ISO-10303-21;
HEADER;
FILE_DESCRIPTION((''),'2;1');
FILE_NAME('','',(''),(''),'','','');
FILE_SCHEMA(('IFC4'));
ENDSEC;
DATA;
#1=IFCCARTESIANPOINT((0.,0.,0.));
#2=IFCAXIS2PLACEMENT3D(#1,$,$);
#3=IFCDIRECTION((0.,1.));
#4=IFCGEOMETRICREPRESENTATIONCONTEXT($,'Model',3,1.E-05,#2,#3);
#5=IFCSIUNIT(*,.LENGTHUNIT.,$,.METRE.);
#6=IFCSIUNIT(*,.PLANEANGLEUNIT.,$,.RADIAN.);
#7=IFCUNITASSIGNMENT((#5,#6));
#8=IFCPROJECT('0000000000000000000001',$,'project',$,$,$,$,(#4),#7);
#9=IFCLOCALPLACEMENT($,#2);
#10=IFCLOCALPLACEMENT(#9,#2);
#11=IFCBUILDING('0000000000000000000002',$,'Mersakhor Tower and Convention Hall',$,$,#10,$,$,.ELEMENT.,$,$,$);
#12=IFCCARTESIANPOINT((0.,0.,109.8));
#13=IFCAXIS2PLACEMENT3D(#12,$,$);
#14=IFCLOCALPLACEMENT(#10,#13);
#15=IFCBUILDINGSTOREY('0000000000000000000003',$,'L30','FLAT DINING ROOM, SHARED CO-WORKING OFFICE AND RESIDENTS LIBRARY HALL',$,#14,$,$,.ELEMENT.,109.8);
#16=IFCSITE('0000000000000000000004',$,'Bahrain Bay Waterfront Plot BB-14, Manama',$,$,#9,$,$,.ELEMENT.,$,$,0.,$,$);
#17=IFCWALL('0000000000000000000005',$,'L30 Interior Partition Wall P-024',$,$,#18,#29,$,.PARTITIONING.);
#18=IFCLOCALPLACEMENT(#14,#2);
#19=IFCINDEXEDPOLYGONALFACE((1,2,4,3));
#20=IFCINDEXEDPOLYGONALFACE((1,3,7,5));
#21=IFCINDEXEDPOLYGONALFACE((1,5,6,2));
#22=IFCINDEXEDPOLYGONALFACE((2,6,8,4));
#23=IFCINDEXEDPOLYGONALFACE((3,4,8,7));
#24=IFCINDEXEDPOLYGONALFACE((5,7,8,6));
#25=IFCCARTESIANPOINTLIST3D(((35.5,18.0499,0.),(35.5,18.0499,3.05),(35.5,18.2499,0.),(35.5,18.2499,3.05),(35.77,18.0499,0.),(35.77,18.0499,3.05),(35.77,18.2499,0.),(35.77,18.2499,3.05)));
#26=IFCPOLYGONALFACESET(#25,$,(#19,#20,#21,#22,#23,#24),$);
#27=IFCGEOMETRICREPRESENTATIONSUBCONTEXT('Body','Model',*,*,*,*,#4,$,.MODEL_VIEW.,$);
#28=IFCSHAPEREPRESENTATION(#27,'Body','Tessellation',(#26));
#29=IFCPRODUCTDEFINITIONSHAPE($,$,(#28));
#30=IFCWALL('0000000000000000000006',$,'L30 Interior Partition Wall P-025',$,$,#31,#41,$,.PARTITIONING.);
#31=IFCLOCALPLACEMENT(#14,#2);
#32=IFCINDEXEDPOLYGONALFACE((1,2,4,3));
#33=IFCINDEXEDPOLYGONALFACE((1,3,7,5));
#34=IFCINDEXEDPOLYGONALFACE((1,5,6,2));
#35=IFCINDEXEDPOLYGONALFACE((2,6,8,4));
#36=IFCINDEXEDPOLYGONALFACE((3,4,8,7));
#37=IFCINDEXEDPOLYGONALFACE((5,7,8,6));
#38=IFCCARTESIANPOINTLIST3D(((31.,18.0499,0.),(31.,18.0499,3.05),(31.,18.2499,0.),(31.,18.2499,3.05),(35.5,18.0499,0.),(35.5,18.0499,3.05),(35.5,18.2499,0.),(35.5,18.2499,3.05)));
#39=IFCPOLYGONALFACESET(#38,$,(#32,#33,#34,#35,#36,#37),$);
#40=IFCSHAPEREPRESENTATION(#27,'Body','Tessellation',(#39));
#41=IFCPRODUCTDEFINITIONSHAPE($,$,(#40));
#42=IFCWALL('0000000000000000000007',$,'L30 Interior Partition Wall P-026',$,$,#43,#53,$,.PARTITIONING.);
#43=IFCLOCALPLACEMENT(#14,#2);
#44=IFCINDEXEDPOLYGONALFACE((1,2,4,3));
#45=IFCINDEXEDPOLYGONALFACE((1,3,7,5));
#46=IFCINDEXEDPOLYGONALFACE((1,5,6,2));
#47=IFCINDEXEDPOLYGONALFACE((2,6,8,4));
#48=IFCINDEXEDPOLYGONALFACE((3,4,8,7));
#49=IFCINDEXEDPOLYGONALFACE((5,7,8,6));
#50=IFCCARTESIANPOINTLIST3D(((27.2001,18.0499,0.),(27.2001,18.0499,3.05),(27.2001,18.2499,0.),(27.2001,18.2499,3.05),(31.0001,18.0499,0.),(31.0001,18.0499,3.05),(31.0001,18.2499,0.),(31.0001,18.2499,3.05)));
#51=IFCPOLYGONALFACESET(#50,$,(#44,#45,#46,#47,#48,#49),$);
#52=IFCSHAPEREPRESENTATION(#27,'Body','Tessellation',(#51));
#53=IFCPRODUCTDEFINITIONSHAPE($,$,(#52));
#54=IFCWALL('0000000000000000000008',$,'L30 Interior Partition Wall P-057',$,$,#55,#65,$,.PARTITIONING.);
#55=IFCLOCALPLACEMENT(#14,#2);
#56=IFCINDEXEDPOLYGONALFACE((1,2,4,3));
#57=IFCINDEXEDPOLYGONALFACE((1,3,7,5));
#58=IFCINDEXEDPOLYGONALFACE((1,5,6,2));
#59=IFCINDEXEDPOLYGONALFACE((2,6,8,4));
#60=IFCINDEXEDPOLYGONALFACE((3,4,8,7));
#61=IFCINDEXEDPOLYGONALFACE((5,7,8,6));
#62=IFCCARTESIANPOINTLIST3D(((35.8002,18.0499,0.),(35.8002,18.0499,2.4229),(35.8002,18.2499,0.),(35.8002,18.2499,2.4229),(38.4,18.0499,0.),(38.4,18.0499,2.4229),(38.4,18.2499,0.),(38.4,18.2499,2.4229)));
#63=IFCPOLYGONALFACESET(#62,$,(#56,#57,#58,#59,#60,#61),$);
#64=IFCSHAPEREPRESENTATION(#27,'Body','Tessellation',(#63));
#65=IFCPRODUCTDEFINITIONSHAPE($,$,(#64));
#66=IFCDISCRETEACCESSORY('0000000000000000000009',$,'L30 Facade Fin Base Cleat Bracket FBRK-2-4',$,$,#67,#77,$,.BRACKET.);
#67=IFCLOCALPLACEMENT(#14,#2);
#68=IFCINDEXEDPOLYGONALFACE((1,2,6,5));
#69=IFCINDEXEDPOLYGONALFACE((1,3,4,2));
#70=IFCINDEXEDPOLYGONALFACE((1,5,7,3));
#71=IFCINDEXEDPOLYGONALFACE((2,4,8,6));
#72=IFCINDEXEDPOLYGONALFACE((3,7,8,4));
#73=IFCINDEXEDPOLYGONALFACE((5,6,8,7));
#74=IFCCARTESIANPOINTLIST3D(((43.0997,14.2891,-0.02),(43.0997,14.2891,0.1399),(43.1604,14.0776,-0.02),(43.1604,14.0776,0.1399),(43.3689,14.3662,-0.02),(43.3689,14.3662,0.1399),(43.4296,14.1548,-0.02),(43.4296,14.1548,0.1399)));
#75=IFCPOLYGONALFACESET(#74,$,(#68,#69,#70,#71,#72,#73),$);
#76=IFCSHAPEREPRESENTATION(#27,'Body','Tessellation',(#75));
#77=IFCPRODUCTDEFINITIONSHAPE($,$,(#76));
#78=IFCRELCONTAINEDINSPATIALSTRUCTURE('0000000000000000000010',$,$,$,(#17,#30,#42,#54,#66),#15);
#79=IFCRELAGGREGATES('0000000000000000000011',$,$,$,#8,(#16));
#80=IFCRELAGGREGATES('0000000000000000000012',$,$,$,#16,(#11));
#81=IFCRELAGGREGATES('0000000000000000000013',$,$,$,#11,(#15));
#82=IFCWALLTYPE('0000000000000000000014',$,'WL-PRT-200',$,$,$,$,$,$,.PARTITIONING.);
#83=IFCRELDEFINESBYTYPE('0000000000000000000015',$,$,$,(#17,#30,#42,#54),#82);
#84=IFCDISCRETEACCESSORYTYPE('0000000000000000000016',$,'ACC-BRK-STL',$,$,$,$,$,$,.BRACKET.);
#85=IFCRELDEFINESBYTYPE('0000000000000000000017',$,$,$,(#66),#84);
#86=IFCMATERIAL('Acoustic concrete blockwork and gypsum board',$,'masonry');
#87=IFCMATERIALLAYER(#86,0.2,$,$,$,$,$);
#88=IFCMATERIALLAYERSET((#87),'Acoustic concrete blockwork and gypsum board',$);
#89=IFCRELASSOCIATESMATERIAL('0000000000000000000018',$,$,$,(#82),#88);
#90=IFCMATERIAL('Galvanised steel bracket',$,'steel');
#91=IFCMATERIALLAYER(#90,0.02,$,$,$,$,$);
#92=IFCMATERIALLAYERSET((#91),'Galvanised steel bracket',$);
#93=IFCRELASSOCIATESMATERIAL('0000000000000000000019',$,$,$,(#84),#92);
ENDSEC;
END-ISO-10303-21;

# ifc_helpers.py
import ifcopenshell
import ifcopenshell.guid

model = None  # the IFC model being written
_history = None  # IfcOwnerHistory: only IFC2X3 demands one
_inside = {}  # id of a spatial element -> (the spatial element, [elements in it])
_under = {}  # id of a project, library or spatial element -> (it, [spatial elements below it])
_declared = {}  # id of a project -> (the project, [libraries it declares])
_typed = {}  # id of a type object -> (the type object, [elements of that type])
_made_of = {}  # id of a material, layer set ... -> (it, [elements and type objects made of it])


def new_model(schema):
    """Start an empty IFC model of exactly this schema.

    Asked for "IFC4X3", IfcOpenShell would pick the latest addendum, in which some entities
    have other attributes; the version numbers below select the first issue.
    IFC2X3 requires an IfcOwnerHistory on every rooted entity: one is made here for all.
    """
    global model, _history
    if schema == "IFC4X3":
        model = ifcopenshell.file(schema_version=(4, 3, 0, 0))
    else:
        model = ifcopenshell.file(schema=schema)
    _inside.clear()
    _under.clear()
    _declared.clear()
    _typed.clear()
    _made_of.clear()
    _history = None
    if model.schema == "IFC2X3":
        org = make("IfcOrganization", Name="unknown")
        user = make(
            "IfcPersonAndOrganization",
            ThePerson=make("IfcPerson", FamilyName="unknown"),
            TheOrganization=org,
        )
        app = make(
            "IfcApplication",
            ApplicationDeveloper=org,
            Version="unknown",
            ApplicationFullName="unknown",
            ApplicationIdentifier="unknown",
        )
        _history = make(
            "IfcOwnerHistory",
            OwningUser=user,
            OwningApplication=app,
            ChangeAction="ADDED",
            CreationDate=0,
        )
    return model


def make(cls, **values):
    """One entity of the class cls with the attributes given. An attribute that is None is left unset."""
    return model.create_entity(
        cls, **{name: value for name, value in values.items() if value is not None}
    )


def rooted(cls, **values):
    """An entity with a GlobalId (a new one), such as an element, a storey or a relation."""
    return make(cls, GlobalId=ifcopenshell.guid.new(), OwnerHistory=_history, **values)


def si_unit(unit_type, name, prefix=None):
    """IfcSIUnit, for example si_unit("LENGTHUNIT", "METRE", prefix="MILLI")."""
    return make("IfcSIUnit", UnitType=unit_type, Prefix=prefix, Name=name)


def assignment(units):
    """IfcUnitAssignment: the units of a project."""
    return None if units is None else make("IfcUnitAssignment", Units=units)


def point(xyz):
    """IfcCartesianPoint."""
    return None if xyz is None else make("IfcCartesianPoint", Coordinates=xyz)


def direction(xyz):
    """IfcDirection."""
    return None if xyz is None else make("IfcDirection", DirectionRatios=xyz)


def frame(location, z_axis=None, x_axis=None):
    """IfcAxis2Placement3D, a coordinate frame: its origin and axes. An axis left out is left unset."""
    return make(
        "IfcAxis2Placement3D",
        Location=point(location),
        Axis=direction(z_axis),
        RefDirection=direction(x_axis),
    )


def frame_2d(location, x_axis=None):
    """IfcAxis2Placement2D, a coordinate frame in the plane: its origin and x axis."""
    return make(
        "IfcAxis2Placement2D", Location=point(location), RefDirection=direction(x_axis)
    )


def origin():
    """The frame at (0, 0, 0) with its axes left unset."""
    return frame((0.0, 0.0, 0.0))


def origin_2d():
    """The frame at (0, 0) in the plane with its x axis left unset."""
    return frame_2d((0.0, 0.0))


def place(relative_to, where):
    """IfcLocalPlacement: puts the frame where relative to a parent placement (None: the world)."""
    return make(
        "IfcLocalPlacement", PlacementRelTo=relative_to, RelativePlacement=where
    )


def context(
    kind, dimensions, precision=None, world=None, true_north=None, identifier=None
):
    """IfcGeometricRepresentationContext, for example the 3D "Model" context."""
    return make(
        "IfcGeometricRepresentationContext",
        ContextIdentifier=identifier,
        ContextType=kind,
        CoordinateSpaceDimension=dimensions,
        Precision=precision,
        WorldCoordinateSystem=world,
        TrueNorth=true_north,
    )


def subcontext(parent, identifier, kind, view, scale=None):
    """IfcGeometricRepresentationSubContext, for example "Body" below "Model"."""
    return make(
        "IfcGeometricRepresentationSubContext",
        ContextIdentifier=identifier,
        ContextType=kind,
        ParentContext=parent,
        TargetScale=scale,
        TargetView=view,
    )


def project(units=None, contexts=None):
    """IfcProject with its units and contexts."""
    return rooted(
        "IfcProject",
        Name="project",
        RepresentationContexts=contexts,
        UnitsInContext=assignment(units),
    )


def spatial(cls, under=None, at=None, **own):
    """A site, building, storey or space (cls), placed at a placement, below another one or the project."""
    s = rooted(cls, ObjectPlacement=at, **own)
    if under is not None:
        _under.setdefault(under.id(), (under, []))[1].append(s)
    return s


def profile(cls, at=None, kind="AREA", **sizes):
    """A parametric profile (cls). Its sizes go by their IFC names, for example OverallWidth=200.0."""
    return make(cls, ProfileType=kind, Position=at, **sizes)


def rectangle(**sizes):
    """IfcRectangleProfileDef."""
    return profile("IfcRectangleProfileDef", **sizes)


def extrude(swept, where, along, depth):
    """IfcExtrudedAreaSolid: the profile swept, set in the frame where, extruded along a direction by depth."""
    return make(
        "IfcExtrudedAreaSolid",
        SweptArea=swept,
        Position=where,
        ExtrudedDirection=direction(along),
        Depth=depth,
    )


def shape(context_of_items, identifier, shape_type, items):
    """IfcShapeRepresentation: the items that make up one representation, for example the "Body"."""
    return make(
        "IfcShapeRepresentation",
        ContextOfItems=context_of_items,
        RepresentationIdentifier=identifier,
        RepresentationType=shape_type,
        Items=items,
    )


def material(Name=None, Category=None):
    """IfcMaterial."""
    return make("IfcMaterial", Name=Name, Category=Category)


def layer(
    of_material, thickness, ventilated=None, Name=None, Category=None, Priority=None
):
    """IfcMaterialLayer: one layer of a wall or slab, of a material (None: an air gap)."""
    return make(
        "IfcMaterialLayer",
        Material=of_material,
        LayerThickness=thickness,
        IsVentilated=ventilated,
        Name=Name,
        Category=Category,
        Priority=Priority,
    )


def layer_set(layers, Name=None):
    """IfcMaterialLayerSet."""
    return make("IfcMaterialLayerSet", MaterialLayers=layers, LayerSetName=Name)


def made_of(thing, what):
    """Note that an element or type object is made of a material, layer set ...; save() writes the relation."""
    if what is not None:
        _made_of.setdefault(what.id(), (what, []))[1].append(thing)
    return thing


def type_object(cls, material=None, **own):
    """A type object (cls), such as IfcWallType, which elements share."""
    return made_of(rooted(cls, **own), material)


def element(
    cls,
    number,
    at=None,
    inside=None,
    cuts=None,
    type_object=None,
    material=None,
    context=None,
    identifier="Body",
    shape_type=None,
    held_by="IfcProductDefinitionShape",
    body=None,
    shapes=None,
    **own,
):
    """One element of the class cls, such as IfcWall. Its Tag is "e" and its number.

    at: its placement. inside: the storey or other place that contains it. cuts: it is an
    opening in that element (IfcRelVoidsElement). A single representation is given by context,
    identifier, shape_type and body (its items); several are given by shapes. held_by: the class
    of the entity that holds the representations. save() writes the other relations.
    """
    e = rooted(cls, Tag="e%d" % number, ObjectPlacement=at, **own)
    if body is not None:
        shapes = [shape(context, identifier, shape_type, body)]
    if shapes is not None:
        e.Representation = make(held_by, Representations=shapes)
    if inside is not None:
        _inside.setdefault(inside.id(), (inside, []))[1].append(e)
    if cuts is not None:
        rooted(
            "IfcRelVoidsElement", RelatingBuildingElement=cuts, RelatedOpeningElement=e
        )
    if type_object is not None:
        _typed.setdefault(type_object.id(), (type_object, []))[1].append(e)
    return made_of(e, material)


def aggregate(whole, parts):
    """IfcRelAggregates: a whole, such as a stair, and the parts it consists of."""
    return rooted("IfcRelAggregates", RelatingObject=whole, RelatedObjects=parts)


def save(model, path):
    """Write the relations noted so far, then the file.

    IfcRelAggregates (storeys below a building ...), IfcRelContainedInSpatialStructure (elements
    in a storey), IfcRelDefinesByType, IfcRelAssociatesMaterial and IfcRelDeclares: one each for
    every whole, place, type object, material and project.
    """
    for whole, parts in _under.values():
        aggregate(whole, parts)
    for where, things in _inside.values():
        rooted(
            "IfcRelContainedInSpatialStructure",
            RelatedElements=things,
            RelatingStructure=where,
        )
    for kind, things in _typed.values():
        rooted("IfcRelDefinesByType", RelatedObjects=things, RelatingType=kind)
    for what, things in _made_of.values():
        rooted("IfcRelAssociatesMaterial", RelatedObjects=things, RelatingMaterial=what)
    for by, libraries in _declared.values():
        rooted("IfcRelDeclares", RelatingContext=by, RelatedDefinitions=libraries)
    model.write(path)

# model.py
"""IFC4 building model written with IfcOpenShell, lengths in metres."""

from ifc_helpers import new_model, si_unit, direction, frame, frame_2d, origin, origin_2d, place, context, subcontext, project, spatial, rectangle, extrude, material, layer, layer_set, type_object, element, save


model = new_model("IFC4")

# Units and contexts
model_context = context("Model", 3, precision=1e-05, world=origin(), true_north=direction((0.0, 1.0)))
body_context = subcontext(model_context, "Body", "Model", "MODEL_VIEW")
ifc_project = project(units=[si_unit("LENGTHUNIT", "METRE"), si_unit("PLANEANGLEUNIT", "RADIAN")], contexts=[model_context])

# Site, building, storey
site_placement = place(None, origin())
site = spatial("IfcSite", under=ifc_project, at=site_placement, Name="Bahrain Bay Waterfront Plot BB-14, Manama", CompositionType="ELEMENT", RefElevation=0.0)
building_placement = place(site_placement, origin())
building = spatial("IfcBuilding", under=site, at=building_placement, Name="Mersakhor Tower and Convention Hall", CompositionType="ELEMENT")
storey_placement = place(building_placement, frame((0.0, 0.0, 109.8)))
storey = spatial("IfcBuildingStorey", under=building, at=storey_placement, Name="L30", Description="FLAT DINING ROOM, SHARED CO-WORKING OFFICE AND RESIDENTS LIBRARY HALL", CompositionType="ELEMENT", Elevation=109.8)

# Walls
ifc_material_1 = material(Name="Acoustic concrete blockwork and gypsum board", Category="masonry")
ifc_layer_1 = layer(ifc_material_1, 0.2)
ifc_layer_set_1 = layer_set([ifc_layer_1], Name="Acoustic concrete blockwork and gypsum board")
wall_type_1 = type_object("IfcWallType", Name="WL-PRT-200", PredefinedType="PARTITIONING", material=ifc_layer_set_1)
wall_1_placement = place(storey_placement, frame((35.77, 18.1499, 0.0), z_axis=(0.0, 0.0, 1.0), x_axis=(-1.0, 0.0, 0.0)))
element("IfcWall", 1, at=wall_1_placement, inside=storey, type_object=wall_type_1, Name="L30 Interior Partition Wall P-024", PredefinedType="PARTITIONING", context=body_context, shape_type="SweptSolid", body=[
    extrude(rectangle(XDim=0.27, YDim=0.2, at=frame_2d((0.135, 0.0))), origin(), (0.0, 0.0, 1.0), 3.05),
])
wall_2_placement = place(storey_placement, frame((35.5, 18.1499, 0.0), z_axis=(0.0, 0.0, 1.0), x_axis=(-1.0, 0.0, 0.0)))
element("IfcWall", 2, at=wall_2_placement, inside=storey, type_object=wall_type_1, Name="L30 Interior Partition Wall P-025", PredefinedType="PARTITIONING", context=body_context, shape_type="SweptSolid", body=[
    extrude(rectangle(XDim=4.5, YDim=0.2, at=frame_2d((2.25, 0.0))), origin(), (0.0, 0.0, 1.0), 3.05),
])
wall_3_placement = place(storey_placement, frame((31.0, 18.1499, 0.0), z_axis=(0.0, 0.0, 1.0), x_axis=(-1.0, 0.0, 0.0)))
element("IfcWall", 3, at=wall_3_placement, inside=storey, type_object=wall_type_1, Name="L30 Interior Partition Wall P-026", PredefinedType="PARTITIONING", context=body_context, shape_type="SweptSolid", body=[
    extrude(rectangle(XDim=3.8, YDim=0.2, at=frame_2d((1.8999, 0.0))), origin(), (0.0, 0.0, 1.0), 3.05),
])
wall_4_placement = place(storey_placement, frame((38.3999, 18.1499, 0.0), z_axis=(0.0, 0.0, 1.0), x_axis=(-1.0, 0.0, 0.0)))
element("IfcWall", 4, at=wall_4_placement, inside=storey, type_object=wall_type_1, Name="L30 Interior Partition Wall P-057", PredefinedType="PARTITIONING", context=body_context, shape_type="SweptSolid", body=[
    extrude(rectangle(XDim=2.5999, YDim=0.2, at=frame_2d((1.2998, 0.0))), origin(), (0.0, 0.0, 1.0), 2.4229),
])

# Discrete accessory
ifc_material_2 = material(Name="Galvanised steel bracket", Category="steel")
ifc_layer_2 = layer(ifc_material_2, 0.02)
ifc_layer_set_2 = layer_set([ifc_layer_2], Name="Galvanised steel bracket")
discrete_accessory_type = type_object("IfcDiscreteAccessoryType", Name="ACC-BRK-STL", PredefinedType="BRACKET", material=ifc_layer_set_2)
discrete_accessory_placement = place(storey_placement, frame((43.2646, 14.2219, -0.02), z_axis=(0.0, 0.0, 1.0), x_axis=(0.961262, 0.275637, 0.0)))
element("IfcDiscreteAccessory", 5, at=discrete_accessory_placement, inside=storey, type_object=discrete_accessory_type, Name="L30 Facade Fin Base Cleat Bracket FBRK-2-4", PredefinedType="BRACKET", context=body_context, shape_type="SweptSolid", body=[
    extrude(rectangle(XDim=0.28, YDim=0.22, at=origin_2d()), origin(), (0.0, 0.0, 1.0), 0.1599),
])

save(model, "model.ifc")
